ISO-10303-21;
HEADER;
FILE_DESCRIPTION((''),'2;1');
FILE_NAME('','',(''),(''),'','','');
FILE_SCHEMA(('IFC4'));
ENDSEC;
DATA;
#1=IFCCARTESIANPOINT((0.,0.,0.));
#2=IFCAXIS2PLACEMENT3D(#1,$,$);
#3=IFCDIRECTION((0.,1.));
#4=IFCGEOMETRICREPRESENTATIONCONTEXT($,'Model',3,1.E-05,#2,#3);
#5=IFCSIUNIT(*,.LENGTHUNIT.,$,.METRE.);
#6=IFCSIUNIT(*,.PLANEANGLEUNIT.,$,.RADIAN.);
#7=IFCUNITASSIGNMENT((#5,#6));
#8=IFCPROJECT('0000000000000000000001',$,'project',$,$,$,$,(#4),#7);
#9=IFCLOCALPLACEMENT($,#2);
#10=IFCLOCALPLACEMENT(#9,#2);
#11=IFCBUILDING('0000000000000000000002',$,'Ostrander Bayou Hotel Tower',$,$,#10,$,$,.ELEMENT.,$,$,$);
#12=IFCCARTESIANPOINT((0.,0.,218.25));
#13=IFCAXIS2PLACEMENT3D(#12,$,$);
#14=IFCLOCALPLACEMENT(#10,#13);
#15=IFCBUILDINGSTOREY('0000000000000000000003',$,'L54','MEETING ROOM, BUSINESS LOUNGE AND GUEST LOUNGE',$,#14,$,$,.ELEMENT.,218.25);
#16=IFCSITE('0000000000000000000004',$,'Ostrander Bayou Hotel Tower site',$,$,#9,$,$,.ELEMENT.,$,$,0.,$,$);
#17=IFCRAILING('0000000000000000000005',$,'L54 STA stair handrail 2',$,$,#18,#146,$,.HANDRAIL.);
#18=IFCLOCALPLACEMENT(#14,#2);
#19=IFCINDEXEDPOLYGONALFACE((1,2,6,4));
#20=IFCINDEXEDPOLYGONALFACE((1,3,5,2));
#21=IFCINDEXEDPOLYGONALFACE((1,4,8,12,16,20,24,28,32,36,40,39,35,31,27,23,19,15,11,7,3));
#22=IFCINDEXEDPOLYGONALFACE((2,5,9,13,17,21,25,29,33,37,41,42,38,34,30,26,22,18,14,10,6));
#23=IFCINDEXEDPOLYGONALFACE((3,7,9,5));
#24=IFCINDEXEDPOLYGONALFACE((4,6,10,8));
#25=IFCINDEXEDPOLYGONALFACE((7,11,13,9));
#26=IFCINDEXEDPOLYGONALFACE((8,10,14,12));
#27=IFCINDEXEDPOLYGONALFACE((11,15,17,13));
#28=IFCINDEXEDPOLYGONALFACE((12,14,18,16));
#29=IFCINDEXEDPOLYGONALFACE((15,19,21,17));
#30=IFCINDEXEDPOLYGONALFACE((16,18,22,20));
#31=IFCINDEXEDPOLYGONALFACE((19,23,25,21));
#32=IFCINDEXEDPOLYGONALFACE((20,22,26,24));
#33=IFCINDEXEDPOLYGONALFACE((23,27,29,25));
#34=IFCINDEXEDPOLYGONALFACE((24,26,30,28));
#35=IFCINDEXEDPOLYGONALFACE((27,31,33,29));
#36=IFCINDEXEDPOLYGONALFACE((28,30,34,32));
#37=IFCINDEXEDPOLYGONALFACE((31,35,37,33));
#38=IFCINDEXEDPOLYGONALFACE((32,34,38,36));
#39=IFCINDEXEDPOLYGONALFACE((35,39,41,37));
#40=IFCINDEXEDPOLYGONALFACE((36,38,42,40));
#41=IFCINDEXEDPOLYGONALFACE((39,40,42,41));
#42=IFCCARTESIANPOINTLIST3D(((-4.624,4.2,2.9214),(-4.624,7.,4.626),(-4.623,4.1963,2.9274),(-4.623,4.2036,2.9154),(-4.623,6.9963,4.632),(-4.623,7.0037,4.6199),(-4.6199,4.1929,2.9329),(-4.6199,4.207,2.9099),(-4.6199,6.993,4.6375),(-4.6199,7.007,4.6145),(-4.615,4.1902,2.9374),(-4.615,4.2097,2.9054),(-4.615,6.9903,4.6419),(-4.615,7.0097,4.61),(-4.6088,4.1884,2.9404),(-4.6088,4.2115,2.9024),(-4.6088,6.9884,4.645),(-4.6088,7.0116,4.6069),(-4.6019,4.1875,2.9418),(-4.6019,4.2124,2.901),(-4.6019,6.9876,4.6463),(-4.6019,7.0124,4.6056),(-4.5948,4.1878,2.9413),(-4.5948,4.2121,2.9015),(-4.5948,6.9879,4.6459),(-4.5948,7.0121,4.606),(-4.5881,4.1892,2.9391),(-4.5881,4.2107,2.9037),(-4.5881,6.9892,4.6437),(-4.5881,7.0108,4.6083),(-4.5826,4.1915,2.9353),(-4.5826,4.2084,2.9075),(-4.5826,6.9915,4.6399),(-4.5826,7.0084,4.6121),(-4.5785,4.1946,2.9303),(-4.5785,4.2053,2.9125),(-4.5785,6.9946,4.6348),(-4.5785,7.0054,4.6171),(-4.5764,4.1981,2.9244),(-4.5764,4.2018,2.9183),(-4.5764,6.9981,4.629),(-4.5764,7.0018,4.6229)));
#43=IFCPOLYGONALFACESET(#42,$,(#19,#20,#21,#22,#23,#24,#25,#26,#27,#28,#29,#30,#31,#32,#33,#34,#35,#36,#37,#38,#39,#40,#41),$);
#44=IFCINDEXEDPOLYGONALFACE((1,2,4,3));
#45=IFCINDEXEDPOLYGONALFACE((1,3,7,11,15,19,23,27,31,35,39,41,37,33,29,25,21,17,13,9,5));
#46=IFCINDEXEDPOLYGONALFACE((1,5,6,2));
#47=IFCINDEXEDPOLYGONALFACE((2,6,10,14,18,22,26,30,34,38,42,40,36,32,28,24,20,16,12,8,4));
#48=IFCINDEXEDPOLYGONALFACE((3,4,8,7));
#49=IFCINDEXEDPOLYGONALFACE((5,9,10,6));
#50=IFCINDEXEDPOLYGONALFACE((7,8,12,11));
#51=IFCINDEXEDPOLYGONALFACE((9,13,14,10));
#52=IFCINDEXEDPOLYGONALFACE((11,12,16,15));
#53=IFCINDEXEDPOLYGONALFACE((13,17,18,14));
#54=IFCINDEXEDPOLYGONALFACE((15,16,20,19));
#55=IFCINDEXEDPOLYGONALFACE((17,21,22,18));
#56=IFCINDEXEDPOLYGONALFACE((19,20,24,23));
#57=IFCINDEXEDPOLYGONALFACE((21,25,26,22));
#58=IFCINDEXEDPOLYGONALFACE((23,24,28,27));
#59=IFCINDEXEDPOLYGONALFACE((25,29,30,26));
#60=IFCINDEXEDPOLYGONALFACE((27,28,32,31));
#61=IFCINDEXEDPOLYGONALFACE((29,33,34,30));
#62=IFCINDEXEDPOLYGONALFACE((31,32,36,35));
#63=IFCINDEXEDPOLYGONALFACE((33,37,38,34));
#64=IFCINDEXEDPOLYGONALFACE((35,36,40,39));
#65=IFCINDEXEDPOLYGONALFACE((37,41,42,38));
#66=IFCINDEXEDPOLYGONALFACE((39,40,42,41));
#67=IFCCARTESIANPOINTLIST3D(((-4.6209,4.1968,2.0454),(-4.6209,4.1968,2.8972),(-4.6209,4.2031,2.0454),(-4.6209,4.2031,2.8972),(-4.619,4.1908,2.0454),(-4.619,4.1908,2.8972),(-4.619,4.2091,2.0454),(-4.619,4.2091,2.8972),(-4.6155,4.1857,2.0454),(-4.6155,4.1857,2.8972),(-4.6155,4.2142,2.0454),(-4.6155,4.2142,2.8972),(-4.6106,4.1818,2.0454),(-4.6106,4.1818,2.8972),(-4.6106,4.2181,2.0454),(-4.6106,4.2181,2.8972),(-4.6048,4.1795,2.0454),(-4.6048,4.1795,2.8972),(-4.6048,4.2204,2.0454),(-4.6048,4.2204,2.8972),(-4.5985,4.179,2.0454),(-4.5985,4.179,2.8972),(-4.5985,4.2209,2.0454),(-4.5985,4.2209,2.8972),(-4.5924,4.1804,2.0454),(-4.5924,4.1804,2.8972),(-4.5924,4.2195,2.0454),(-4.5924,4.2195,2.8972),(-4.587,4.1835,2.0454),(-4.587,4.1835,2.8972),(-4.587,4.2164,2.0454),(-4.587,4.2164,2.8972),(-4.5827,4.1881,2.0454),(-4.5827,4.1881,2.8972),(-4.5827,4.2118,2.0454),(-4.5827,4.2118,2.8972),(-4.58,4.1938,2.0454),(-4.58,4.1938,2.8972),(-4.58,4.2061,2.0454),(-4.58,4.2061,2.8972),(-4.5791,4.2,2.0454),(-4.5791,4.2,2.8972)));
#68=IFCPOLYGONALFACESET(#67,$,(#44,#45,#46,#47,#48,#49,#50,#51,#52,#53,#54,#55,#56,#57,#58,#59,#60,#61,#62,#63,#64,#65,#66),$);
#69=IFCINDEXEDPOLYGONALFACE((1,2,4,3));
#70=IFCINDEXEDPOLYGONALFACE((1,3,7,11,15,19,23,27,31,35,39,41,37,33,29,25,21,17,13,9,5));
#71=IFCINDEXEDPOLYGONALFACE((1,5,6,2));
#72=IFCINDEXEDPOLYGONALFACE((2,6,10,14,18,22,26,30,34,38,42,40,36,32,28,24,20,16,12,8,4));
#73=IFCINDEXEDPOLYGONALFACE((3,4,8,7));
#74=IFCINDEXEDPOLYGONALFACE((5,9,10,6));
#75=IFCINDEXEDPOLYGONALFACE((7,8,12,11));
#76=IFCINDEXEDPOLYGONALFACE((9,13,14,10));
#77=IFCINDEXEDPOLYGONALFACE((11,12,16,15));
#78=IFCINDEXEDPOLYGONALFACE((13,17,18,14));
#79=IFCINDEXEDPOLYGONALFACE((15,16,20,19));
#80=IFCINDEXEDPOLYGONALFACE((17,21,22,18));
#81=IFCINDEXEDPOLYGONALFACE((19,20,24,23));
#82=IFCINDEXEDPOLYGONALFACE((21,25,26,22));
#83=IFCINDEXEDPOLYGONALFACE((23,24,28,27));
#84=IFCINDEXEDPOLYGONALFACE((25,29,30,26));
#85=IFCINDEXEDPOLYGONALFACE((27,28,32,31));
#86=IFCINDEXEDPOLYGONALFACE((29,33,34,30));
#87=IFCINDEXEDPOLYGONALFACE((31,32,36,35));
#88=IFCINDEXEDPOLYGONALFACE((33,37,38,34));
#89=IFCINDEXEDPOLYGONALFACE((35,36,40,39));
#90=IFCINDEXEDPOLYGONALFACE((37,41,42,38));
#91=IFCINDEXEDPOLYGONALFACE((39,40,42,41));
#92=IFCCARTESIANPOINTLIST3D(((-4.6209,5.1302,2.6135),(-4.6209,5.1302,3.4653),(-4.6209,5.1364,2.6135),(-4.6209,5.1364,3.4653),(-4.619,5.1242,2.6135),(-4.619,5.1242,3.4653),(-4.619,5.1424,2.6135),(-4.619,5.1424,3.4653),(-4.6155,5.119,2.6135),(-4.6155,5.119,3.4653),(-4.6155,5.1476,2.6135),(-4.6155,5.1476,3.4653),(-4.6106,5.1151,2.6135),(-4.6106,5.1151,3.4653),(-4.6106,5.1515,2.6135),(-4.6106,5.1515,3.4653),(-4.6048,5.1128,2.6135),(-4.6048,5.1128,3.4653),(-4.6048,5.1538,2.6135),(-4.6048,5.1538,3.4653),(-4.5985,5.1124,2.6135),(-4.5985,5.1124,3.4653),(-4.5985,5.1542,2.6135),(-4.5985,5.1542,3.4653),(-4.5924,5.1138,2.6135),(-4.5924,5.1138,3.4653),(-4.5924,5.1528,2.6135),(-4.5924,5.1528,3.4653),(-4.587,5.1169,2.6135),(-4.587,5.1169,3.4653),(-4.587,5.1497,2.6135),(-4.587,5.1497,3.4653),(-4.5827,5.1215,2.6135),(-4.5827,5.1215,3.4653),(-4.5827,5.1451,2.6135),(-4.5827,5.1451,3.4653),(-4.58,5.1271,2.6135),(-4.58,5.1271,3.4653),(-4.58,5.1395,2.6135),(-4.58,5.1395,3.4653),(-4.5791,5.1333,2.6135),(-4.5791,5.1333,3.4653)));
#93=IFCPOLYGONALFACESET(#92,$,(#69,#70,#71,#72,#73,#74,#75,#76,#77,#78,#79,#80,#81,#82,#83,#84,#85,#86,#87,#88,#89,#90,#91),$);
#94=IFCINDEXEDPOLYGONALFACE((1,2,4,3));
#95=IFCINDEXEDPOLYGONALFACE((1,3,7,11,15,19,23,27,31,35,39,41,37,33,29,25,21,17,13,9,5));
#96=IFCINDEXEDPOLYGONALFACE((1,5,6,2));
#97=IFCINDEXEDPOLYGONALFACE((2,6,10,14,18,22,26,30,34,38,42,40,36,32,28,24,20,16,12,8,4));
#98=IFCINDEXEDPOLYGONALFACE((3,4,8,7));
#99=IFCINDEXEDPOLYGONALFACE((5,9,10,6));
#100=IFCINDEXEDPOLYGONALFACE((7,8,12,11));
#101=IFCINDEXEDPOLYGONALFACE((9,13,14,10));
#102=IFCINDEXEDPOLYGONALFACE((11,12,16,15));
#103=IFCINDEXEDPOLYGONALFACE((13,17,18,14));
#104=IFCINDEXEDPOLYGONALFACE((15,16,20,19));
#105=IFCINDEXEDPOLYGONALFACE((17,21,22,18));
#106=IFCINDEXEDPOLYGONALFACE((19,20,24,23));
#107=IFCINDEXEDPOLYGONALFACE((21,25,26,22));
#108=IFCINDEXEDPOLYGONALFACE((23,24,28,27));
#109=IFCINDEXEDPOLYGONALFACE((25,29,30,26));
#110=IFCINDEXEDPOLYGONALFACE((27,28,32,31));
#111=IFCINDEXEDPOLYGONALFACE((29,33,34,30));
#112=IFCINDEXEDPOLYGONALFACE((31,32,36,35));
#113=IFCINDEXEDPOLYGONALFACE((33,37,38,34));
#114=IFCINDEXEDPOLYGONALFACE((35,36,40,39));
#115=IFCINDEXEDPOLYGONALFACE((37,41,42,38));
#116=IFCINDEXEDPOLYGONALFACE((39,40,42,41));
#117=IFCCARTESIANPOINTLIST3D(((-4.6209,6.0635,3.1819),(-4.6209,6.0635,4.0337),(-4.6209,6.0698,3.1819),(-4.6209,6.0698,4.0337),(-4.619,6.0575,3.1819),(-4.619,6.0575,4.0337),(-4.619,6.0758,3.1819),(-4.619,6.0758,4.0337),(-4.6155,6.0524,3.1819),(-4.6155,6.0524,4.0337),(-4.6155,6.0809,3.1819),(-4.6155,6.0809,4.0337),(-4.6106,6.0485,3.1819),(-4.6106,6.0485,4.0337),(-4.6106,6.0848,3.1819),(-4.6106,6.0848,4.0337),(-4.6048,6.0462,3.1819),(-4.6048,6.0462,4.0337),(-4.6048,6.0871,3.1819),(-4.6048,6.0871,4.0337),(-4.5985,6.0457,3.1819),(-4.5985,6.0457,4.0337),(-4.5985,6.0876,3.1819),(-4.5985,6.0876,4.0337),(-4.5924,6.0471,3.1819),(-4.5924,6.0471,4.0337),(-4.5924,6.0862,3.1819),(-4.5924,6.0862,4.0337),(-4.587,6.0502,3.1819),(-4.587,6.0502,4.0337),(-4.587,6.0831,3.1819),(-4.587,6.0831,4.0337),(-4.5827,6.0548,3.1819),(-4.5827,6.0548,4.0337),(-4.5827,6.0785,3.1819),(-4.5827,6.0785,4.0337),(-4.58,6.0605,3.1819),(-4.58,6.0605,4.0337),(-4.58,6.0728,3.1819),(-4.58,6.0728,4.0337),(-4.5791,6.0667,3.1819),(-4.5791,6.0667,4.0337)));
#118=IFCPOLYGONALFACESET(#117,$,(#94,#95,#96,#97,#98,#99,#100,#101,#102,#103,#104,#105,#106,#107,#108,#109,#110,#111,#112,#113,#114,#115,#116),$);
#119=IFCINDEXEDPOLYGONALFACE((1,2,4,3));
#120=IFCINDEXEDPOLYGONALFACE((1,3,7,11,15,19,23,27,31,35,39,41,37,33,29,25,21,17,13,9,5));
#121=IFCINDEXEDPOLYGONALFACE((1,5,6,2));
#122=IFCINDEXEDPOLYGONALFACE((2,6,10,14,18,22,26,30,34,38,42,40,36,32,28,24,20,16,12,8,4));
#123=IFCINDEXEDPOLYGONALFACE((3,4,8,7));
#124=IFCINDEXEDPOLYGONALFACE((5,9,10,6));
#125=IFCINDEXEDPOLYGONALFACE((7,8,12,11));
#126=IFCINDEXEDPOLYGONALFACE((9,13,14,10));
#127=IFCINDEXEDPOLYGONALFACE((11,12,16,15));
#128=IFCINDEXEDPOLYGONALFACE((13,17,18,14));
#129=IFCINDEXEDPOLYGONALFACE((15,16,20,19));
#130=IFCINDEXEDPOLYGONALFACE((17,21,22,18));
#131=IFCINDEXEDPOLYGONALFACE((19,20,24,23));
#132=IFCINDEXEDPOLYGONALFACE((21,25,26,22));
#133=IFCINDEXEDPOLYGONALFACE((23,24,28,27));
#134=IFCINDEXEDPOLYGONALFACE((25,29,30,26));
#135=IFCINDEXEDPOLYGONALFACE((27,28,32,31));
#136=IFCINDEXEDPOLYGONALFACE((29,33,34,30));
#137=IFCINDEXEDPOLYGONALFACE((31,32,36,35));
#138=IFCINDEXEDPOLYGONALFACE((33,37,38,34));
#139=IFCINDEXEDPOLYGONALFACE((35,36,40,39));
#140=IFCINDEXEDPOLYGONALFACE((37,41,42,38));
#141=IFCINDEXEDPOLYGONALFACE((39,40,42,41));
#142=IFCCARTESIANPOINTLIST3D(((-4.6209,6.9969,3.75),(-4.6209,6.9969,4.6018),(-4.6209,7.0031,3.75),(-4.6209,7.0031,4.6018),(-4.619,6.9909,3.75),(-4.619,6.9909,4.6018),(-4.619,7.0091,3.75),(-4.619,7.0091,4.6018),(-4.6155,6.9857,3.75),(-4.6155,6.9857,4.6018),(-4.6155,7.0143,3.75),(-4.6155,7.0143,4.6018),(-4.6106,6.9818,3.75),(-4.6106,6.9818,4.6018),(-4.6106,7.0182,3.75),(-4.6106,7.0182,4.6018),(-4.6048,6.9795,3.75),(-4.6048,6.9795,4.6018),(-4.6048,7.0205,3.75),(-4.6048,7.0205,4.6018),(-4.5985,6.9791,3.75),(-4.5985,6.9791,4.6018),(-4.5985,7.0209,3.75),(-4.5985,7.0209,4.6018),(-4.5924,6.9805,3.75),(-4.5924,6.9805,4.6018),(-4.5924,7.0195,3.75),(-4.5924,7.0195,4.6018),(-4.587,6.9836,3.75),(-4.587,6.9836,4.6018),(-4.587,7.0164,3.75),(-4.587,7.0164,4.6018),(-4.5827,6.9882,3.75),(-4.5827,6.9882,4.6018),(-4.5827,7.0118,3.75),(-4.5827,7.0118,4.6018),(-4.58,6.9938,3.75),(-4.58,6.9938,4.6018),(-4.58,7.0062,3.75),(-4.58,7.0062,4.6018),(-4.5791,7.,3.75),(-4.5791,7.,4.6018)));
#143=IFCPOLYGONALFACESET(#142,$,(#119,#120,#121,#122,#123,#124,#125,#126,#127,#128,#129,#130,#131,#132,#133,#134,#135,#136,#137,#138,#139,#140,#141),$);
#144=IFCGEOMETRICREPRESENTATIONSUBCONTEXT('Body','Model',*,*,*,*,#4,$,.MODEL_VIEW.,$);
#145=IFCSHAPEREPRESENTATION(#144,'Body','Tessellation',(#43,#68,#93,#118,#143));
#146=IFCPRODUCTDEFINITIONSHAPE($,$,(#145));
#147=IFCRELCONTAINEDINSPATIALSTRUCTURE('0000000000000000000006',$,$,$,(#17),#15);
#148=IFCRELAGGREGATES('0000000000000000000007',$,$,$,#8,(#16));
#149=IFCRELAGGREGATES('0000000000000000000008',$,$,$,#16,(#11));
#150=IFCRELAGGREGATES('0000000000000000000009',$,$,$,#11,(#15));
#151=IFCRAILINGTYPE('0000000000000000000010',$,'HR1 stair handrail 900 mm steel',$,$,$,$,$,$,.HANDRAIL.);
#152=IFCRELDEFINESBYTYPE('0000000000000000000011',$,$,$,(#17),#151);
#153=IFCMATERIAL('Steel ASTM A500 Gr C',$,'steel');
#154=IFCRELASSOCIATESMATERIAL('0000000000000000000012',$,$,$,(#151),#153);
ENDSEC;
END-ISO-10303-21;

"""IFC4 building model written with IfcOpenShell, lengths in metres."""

from ifc_helpers import new_model, si_unit, direction, frame, origin, origin_2d, place, context, subcontext, project, spatial, circle, extrude, material, type_object, element, save


model = new_model("IFC4")

# Units and contexts
model_context = context("Model", 3, precision=1e-05, world=origin(), true_north=direction((0.0, 1.0)))
body_context = subcontext(model_context, "Body", "Model", "MODEL_VIEW")
ifc_project = project(units=[si_unit("LENGTHUNIT", "METRE"), si_unit("PLANEANGLEUNIT", "RADIAN")], contexts=[model_context])

# Site, building, storey
site_placement = place(None, origin())
site = spatial("IfcSite", under=ifc_project, at=site_placement, Name="Ostrander Bayou Hotel Tower site", CompositionType="ELEMENT", RefElevation=0.0)
building_placement = place(site_placement, origin())
building = spatial("IfcBuilding", under=site, at=building_placement, Name="Ostrander Bayou Hotel Tower", CompositionType="ELEMENT")
storey_placement = place(building_placement, frame((0.0, 0.0, 218.25)))
storey = spatial("IfcBuildingStorey", under=building, at=storey_placement, Name="L54", Description="MEETING ROOM, BUSINESS LOUNGE AND GUEST LOUNGE", CompositionType="ELEMENT", Elevation=218.25)

# Railing
ifc_material_1 = material(Name="Steel ASTM A500 Gr C", Category="steel")
railing_type_1 = type_object("IfcRailingType", Name="HR1 stair handrail 900 mm steel", PredefinedType="HANDRAIL", material=ifc_material_1)
railing_1_placement = place(storey_placement, frame((-4.6001, 4.2, 2.0454)))
element("IfcRailing", 1, at=railing_1_placement, inside=storey, type_object=railing_type_1, Name="L54 STA stair handrail 2", PredefinedType="HANDRAIL", context=body_context, shape_type="SweptSolid", body=[
    extrude(circle(Radius=0.0239, at=origin_2d()), frame((0.0, 0.0, 0.876), z_axis=(0.0, 0.85417, 0.519994), x_axis=(-1.0, 0.0, 0.0)), (0.0, 0.0, 1.0), 3.2781),
    extrude(circle(Radius=0.021, at=origin_2d()), origin(), (0.0, 0.0, 1.0), 0.8518),
    extrude(circle(Radius=0.021, at=origin_2d()), frame((0.0, 0.9333, 0.5681)), (0.0, 0.0, 1.0), 0.8518),
    extrude(circle(Radius=0.021, at=origin_2d()), frame((0.0, 1.8667, 1.1365)), (0.0, 0.0, 1.0), 0.8518),
    extrude(circle(Radius=0.021, at=origin_2d()), frame((0.0, 2.8, 1.7046)), (0.0, 0.0, 1.0), 0.8518),
])

save(model, "model.ifc")
